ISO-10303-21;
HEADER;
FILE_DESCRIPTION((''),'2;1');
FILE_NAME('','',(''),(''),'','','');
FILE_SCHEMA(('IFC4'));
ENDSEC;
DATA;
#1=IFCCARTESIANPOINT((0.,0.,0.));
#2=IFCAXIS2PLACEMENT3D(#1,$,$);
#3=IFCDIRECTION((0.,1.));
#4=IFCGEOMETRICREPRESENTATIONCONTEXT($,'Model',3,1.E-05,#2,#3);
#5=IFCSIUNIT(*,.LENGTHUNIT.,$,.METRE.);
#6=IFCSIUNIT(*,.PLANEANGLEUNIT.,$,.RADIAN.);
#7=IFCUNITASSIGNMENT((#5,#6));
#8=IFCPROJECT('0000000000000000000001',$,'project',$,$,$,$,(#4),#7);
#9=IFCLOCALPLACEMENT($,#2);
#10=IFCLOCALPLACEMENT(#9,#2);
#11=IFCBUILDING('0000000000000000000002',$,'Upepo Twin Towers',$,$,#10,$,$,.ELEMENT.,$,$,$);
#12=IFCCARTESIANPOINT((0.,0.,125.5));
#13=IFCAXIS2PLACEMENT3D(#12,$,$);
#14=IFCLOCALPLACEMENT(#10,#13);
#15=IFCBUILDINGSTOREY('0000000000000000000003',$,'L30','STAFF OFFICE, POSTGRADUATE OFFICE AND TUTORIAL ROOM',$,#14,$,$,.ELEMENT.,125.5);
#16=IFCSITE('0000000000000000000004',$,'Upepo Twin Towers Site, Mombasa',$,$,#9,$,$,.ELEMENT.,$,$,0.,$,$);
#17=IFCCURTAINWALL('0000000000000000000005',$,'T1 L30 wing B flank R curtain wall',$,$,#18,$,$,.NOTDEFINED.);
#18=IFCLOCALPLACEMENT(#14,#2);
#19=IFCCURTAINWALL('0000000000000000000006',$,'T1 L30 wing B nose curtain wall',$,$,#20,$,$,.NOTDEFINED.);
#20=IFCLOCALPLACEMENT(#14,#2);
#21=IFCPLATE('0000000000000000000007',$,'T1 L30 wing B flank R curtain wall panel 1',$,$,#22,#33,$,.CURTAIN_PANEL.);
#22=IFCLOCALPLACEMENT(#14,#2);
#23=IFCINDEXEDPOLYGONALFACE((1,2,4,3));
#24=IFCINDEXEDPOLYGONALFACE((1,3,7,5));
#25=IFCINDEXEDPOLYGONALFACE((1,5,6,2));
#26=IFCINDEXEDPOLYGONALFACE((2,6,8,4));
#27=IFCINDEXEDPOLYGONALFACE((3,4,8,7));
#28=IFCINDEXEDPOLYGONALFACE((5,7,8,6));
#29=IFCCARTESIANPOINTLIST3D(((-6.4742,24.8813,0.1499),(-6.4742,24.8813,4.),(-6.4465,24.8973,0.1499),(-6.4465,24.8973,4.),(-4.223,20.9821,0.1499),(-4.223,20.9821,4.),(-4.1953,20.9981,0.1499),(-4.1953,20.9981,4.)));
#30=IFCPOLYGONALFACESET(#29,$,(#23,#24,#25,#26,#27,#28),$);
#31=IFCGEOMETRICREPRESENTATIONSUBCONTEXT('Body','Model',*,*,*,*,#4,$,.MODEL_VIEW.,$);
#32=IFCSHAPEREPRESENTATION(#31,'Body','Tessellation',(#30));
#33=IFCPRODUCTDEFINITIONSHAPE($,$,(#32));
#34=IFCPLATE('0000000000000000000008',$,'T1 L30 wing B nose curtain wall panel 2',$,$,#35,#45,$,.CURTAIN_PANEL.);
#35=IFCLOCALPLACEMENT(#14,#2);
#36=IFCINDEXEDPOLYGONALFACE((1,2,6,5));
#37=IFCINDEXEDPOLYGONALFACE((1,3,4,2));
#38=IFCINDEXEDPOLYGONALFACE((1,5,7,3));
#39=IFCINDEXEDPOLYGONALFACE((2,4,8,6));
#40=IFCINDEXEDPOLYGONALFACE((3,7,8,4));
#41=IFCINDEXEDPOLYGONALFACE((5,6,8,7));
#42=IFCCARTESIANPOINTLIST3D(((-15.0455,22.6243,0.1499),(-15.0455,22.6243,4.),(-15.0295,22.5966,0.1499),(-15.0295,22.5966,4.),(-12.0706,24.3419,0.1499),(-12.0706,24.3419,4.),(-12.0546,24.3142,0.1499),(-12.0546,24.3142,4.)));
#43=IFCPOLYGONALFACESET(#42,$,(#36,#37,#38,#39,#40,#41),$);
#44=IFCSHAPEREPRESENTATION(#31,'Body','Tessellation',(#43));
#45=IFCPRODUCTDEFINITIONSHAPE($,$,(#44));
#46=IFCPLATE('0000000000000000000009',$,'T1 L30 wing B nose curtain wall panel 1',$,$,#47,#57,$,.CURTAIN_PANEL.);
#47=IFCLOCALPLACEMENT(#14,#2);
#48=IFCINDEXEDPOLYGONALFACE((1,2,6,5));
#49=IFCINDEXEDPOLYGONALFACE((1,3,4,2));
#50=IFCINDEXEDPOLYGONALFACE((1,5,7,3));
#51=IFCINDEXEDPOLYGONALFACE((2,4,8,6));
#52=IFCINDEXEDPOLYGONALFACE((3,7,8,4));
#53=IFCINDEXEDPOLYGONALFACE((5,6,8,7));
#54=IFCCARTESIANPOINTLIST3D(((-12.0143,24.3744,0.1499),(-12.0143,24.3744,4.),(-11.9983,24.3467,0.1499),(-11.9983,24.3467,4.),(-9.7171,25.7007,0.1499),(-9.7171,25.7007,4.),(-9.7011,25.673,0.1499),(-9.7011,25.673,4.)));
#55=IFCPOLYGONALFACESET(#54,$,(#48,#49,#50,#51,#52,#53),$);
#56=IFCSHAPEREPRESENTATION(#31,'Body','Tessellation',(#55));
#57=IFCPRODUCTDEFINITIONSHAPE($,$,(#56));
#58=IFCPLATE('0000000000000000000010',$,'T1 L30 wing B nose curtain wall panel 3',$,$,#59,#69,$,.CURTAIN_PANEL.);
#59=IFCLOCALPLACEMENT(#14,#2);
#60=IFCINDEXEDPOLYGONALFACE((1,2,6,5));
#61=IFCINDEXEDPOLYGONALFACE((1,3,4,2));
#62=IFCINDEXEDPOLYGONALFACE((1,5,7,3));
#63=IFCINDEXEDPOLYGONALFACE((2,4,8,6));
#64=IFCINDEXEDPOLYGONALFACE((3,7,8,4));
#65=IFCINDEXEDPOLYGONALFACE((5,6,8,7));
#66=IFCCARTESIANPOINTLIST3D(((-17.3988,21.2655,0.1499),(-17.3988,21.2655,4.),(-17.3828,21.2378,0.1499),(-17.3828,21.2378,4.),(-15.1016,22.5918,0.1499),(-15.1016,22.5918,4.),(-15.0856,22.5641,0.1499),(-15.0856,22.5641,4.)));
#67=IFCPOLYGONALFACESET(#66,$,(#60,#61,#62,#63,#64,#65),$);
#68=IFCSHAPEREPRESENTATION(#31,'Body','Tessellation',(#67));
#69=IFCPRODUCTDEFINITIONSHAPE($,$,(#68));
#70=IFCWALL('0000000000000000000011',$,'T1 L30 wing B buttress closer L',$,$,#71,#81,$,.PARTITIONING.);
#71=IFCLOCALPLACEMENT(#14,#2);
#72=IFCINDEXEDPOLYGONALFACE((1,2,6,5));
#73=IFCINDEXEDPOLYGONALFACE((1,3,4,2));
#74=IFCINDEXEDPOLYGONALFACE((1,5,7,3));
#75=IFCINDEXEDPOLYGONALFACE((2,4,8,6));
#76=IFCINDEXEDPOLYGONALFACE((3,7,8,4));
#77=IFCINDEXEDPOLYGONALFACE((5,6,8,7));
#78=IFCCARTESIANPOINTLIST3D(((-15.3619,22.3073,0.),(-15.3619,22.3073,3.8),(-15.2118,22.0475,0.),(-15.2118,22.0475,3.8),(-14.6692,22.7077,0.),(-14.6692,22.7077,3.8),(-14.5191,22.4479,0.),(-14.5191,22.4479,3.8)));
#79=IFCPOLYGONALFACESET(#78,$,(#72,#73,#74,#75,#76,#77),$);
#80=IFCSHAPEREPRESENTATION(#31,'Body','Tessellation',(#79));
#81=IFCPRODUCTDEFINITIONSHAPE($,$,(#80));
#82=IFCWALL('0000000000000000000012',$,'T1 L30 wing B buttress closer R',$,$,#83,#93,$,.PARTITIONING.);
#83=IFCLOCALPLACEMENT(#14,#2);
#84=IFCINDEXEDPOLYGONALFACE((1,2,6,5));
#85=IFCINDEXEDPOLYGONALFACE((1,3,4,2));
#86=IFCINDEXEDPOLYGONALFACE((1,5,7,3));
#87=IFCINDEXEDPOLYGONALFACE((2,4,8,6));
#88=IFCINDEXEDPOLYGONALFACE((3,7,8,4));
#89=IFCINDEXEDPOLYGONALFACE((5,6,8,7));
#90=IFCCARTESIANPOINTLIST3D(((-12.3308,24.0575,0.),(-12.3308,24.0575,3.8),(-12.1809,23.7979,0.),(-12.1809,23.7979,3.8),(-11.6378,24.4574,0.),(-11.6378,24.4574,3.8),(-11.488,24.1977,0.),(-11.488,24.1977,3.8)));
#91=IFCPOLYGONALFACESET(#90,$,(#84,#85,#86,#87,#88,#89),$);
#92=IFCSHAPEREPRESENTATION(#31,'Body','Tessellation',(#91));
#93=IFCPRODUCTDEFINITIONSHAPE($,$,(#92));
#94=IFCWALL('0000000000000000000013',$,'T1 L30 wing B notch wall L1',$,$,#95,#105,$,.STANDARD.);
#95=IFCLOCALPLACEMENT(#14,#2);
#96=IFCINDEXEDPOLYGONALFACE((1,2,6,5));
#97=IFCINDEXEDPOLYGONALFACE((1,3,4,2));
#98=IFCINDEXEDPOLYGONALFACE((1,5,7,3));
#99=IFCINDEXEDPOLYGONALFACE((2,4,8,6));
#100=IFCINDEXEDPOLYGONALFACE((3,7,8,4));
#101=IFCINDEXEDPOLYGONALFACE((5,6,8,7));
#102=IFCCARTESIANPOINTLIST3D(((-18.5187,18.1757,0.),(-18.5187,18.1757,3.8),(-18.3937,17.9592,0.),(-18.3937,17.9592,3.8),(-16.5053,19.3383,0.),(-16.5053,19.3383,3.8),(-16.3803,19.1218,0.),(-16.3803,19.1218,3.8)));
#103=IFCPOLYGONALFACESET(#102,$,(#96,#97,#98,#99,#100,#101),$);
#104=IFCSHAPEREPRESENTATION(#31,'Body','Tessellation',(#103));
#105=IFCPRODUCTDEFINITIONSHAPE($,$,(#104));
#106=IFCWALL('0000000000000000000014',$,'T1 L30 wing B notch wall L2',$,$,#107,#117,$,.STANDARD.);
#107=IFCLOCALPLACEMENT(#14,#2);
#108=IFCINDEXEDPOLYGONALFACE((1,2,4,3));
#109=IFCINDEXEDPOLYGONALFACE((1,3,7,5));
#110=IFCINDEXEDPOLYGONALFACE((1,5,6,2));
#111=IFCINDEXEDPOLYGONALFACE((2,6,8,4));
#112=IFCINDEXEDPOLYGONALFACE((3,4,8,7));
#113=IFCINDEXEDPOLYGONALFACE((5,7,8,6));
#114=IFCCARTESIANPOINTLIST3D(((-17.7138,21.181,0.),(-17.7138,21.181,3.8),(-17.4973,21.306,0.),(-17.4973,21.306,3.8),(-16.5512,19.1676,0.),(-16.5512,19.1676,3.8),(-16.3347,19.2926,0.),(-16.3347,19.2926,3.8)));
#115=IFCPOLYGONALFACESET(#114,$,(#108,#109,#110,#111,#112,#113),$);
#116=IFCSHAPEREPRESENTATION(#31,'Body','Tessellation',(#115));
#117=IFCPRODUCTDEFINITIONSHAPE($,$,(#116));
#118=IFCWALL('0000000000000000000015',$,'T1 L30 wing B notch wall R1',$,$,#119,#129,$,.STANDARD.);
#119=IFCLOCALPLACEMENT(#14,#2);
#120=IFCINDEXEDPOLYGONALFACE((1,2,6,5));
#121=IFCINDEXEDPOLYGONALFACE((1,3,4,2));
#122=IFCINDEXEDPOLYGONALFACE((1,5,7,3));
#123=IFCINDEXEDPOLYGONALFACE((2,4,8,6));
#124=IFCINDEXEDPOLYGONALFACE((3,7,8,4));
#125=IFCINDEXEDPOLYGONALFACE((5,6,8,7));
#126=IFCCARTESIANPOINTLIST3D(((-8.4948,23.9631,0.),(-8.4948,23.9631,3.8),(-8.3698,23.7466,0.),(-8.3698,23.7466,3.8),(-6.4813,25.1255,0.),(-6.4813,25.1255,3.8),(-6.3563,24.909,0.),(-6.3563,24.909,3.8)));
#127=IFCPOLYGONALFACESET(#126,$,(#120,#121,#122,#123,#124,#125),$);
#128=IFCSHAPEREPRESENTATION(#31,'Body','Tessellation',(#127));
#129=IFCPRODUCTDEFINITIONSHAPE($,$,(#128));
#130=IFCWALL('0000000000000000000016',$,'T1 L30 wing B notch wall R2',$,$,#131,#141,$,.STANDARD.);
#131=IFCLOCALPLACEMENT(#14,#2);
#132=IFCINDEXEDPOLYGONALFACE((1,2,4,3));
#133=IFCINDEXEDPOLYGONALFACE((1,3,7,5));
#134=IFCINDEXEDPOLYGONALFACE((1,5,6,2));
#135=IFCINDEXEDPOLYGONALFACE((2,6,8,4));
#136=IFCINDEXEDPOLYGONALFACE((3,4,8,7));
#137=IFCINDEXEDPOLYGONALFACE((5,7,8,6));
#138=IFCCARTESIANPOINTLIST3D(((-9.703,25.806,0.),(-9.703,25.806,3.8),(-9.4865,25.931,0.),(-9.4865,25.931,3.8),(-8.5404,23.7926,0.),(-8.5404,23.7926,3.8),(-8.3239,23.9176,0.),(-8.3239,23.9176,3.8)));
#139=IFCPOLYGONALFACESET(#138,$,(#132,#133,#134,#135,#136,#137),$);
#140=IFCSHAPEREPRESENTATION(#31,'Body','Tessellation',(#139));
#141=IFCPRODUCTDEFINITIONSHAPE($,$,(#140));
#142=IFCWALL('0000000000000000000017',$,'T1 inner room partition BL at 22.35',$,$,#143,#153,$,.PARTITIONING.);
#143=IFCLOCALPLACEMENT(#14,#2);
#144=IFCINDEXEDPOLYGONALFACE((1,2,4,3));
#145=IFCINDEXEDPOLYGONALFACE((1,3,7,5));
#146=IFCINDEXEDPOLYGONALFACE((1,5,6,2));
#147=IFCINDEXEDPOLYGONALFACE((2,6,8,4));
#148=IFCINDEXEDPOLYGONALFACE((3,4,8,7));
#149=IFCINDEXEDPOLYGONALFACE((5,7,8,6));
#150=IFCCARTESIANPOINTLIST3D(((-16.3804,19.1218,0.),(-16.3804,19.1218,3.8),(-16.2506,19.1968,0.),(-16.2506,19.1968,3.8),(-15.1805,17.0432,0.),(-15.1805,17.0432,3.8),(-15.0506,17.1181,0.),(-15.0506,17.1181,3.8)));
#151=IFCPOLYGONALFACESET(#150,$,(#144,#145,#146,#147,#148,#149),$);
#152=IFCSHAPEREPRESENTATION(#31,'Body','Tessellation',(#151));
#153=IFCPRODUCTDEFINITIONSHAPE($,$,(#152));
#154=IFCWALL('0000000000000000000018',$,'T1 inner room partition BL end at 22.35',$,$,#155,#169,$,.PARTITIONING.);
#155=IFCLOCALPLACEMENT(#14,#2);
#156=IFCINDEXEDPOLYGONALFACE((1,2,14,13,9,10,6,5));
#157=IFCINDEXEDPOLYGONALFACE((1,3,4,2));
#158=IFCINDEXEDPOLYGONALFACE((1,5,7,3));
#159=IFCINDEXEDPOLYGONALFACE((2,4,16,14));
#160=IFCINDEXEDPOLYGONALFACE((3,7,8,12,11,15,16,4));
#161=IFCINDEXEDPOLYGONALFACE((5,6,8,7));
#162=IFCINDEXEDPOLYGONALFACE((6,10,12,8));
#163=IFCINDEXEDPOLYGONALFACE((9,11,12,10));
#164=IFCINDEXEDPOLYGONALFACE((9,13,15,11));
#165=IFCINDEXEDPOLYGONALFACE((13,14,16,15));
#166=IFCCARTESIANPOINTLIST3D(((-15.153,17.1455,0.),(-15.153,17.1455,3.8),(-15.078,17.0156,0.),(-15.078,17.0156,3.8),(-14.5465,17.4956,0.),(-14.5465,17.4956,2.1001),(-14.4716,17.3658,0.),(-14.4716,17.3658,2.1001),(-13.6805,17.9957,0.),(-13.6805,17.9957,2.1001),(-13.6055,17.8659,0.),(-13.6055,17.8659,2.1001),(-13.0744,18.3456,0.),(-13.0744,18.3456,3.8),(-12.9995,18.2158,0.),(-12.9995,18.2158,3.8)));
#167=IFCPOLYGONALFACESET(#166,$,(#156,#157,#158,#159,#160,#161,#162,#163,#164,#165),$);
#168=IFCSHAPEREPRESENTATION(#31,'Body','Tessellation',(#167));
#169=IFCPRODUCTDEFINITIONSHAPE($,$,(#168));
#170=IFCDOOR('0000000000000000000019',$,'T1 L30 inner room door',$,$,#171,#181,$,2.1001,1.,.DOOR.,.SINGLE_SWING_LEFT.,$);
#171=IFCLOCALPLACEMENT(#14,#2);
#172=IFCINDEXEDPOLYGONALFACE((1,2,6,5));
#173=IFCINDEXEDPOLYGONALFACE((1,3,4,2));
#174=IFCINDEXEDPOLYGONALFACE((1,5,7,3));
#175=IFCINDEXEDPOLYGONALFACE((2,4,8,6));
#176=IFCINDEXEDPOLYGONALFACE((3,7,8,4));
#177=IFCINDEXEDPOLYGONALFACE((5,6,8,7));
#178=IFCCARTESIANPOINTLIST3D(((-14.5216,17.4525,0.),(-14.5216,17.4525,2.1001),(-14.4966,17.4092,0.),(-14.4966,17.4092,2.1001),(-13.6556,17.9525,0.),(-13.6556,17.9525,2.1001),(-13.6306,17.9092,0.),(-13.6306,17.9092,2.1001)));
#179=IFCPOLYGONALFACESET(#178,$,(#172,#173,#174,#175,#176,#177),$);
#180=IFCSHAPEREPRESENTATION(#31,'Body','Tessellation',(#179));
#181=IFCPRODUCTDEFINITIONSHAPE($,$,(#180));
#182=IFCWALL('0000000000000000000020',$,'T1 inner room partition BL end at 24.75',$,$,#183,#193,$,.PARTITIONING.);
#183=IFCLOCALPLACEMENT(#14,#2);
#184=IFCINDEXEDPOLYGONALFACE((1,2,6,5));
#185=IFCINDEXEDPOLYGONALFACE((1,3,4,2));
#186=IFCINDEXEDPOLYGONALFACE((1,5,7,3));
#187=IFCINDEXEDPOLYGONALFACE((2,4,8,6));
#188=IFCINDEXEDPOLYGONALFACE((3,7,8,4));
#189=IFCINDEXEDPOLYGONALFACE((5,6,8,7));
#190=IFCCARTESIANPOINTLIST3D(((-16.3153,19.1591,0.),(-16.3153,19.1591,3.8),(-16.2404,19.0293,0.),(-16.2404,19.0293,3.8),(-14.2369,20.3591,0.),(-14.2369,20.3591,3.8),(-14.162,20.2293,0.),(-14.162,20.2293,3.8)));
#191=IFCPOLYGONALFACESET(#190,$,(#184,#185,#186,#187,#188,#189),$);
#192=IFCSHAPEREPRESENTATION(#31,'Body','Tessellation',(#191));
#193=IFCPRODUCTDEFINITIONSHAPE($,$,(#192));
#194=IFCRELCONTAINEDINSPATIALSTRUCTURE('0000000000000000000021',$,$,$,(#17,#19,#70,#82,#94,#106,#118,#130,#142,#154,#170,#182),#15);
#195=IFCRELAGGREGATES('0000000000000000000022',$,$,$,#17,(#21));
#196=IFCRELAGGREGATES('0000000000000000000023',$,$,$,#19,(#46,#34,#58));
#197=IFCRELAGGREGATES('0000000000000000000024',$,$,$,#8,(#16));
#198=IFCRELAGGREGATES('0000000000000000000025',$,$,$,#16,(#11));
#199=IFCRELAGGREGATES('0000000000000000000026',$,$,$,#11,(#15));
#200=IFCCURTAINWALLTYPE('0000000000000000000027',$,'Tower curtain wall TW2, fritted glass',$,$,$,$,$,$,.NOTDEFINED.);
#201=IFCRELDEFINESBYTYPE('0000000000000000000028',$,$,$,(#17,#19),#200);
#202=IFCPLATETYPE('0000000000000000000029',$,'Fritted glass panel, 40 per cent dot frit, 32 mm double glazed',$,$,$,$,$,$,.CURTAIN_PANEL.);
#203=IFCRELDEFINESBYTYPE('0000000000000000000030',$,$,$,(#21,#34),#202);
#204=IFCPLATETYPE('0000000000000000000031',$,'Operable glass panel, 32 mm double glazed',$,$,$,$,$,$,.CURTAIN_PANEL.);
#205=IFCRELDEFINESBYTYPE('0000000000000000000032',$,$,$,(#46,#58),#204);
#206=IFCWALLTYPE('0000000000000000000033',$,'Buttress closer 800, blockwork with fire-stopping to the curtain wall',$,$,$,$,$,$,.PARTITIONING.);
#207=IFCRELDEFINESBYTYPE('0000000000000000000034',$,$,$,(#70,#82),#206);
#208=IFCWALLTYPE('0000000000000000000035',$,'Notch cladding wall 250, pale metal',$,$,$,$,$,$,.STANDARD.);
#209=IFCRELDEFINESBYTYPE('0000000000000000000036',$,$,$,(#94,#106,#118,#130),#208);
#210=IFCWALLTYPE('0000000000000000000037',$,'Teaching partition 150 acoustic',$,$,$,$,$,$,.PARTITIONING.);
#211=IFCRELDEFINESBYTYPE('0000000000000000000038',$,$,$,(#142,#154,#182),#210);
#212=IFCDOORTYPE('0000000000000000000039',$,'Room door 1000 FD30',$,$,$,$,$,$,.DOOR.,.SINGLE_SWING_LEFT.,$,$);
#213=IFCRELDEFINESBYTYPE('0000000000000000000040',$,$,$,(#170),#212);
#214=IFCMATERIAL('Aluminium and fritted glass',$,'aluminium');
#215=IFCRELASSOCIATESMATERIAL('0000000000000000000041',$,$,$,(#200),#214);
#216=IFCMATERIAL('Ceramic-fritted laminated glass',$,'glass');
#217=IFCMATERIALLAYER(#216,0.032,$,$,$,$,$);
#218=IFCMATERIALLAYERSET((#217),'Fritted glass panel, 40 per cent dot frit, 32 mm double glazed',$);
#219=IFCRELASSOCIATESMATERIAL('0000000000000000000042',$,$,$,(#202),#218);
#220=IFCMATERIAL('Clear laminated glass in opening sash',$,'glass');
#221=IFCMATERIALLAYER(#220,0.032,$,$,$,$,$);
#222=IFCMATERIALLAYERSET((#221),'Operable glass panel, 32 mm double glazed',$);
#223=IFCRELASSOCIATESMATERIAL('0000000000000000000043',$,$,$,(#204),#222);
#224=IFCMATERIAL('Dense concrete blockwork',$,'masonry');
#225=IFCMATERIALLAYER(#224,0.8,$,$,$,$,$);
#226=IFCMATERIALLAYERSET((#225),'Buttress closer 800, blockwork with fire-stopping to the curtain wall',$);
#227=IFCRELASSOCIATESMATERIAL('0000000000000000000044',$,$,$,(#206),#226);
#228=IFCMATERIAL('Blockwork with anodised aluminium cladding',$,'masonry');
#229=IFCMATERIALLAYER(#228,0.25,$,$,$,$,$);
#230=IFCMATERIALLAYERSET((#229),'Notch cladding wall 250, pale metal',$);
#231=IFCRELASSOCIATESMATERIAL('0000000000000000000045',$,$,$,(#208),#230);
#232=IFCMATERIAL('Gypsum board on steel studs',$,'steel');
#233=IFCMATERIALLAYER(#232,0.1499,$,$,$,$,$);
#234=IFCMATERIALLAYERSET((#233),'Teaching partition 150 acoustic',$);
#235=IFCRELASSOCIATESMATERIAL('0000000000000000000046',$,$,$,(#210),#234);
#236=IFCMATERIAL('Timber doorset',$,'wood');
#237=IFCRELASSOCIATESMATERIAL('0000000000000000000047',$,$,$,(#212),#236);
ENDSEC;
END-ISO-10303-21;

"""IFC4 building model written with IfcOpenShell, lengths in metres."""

from ifc_helpers import new_model, si_unit, direction, frame, frame_2d, origin, origin_2d, place, context, subcontext, project, spatial, rectangle, extrude, material, layer, layer_set, type_object, element, fill, aggregate, save


model = new_model("IFC4")

# Units and contexts
model_context = context("Model", 3, precision=1e-05, world=origin(), true_north=direction((0.0, 1.0)))
body_context = subcontext(model_context, "Body", "Model", "MODEL_VIEW")
ifc_project = project(units=[si_unit("LENGTHUNIT", "METRE"), si_unit("PLANEANGLEUNIT", "RADIAN")], contexts=[model_context])

# Site, building, storey
site_placement = place(None, origin())
site = spatial("IfcSite", under=ifc_project, at=site_placement, Name="Upepo Twin Towers Site, Mombasa", CompositionType="ELEMENT", RefElevation=0.0)
building_placement = place(site_placement, origin())
building = spatial("IfcBuilding", under=site, at=building_placement, Name="Upepo Twin Towers", CompositionType="ELEMENT")
storey_placement = place(building_placement, frame((0.0, 0.0, 125.5)))
storey = spatial("IfcBuildingStorey", under=building, at=storey_placement, Name="L30", Description="STAFF OFFICE, POSTGRADUATE OFFICE AND TUTORIAL ROOM", CompositionType="ELEMENT", Elevation=125.5)

# Shared definitions
ifc_material_1 = material(Name="Aluminium and fritted glass", Category="aluminium")
curtain_wall_type = type_object("IfcCurtainWallType", Name="Tower curtain wall TW2, fritted glass", PredefinedType="NOTDEFINED", material=ifc_material_1)

# Curtain walls
curtain_wall_1_placement = place(storey_placement, origin())
curtain_wall_1 = element("IfcCurtainWall", 1, at=curtain_wall_1_placement, inside=storey, type_object=curtain_wall_type, Name="T1 L30 wing B flank R curtain wall", PredefinedType="NOTDEFINED")
curtain_wall_2_placement = place(storey_placement, origin())
curtain_wall_2 = element("IfcCurtainWall", 2, at=curtain_wall_2_placement, inside=storey, type_object=curtain_wall_type, Name="T1 L30 wing B nose curtain wall", PredefinedType="NOTDEFINED")

# Plates
ifc_material_2 = material(Name="Ceramic-fritted laminated glass", Category="glass")
ifc_layer_1 = layer(ifc_material_2, 0.032)
ifc_layer_set_1 = layer_set([ifc_layer_1], Name="Fritted glass panel, 40 per cent dot frit, 32 mm double glazed")
plate_type_1 = type_object("IfcPlateType", Name="Fritted glass panel, 40 per cent dot frit, 32 mm double glazed", PredefinedType="CURTAIN_PANEL", material=ifc_layer_set_1)
plate_1_placement = place(storey_placement, frame((-5.3347, 22.9397, 0.1499), z_axis=(0.0, 0.0, 1.0), x_axis=(0.5, -0.866025, 0.0)))
plate_1 = element("IfcPlate", 3, at=plate_1_placement, type_object=plate_type_1, Name="T1 L30 wing B flank R curtain wall panel 1", PredefinedType="CURTAIN_PANEL", context=body_context, shape_type="SweptSolid", body=[
    extrude(rectangle(XDim=4.5024, YDim=0.032, at=origin_2d()), origin(), (0.0, 0.0, 1.0), 3.8501),
])
aggregate(curtain_wall_1, [plate_1])
plate_2_placement = place(storey_placement, frame((-13.55, 23.4692, 0.1499), z_axis=(0.0, 0.0, 1.0), x_axis=(-0.866025, -0.5, 0.0)))
plate_2 = element("IfcPlate", 4, at=plate_2_placement, type_object=plate_type_1, Name="T1 L30 wing B nose curtain wall panel 2", PredefinedType="CURTAIN_PANEL", context=body_context, shape_type="SweptSolid", body=[
    extrude(rectangle(XDim=3.4351, YDim=0.032, at=origin_2d()), origin(), (0.0, 0.0, 1.0), 3.8501),
])
ifc_material_3 = material(Name="Clear laminated glass in opening sash", Category="glass")
ifc_layer_2 = layer(ifc_material_3, 0.032)
ifc_layer_set_2 = layer_set([ifc_layer_2], Name="Operable glass panel, 32 mm double glazed")
plate_type_2 = type_object("IfcPlateType", Name="Operable glass panel, 32 mm double glazed", PredefinedType="CURTAIN_PANEL", material=ifc_layer_set_2)
plate_3_placement = place(storey_placement, frame((-10.8577, 25.0237, 0.1499), z_axis=(0.0, 0.0, 1.0), x_axis=(-0.866025, -0.5, 0.0)))
plate_3 = element("IfcPlate", 5, at=plate_3_placement, type_object=plate_type_2, Name="T1 L30 wing B nose curtain wall panel 1", PredefinedType="CURTAIN_PANEL", context=body_context, shape_type="SweptSolid", body=[
    extrude(rectangle(XDim=2.6526, YDim=0.032, at=origin_2d()), origin(), (0.0, 0.0, 1.0), 3.8501),
])
plate_4_placement = place(storey_placement, frame((-16.2422, 21.9148, 0.1499), z_axis=(0.0, 0.0, 1.0), x_axis=(-0.866025, -0.5, 0.0)))
plate_4 = element("IfcPlate", 6, at=plate_4_placement, type_object=plate_type_2, Name="T1 L30 wing B nose curtain wall panel 3", PredefinedType="CURTAIN_PANEL", context=body_context, shape_type="SweptSolid", body=[
    extrude(rectangle(XDim=2.6526, YDim=0.032, at=origin_2d()), origin(), (0.0, 0.0, 1.0), 3.8501),
])
aggregate(curtain_wall_2, [plate_3, plate_2, plate_4])

# Walls
ifc_material_4 = material(Name="Dense concrete blockwork", Category="masonry")
ifc_layer_3 = layer(ifc_material_4, 0.8)
ifc_layer_set_3 = layer_set([ifc_layer_3], Name="Buttress closer 800, blockwork with fire-stopping to the curtain wall")
wall_type_1 = type_object("IfcWallType", Name="Buttress closer 800, blockwork with fire-stopping to the curtain wall", PredefinedType="PARTITIONING", material=ifc_layer_set_3)
wall_1_placement = place(storey_placement, frame((-14.8655, 22.2478, 0.0), z_axis=(0.0, 0.0, 1.0), x_axis=(-0.500427, 0.865779, 0.0)))
element("IfcWall", 7, at=wall_1_placement, inside=storey, type_object=wall_type_1, Name="T1 L30 wing B buttress closer L", PredefinedType="PARTITIONING", context=body_context, shape_type="SweptSolid", body=[
    extrude(rectangle(XDim=0.3, YDim=0.8, at=frame_2d((0.1499, 0.0))), origin(), (0.0, 0.0, 1.0), 3.8),
])
wall_2_placement = place(storey_placement, frame((-11.8345, 23.9978, 0.0), z_axis=(0.0, 0.0, 1.0), x_axis=(-0.499816, 0.866131, 0.0)))
element("IfcWall", 8, at=wall_2_placement, inside=storey, type_object=wall_type_1, Name="T1 L30 wing B buttress closer R", PredefinedType="PARTITIONING", context=body_context, shape_type="SweptSolid", body=[
    extrude(rectangle(XDim=0.2998, YDim=0.8, at=frame_2d((0.1499, 0.0))), origin(), (0.0, 0.0, 1.0), 3.8),
])
ifc_material_5 = material(Name="Blockwork with anodised aluminium cladding", Category="masonry")
ifc_layer_4 = layer(ifc_material_5, 0.25)
ifc_layer_set_4 = layer_set([ifc_layer_4], Name="Notch cladding wall 250, pale metal")
wall_type_2 = type_object("IfcWallType", Name="Notch cladding wall 250, pale metal", PredefinedType="STANDARD", material=ifc_layer_set_4)
for number, where, z_axis, x_axis, name in (
    (9, (-18.4563, 18.0674, 0.0), (0.0, 0.0, 1.0), (0.865998, 0.500047, 0.0), "T1 L30 wing B notch wall L1"),
    (10, (-16.4429, 19.23, 0.0), (0.0, 0.0, 1.0), (-0.500047, 0.865998, 0.0), "T1 L30 wing B notch wall L2"),
    (11, (-6.4187, 25.0173, 0.0), (0.0, 0.0, 1.0), (-0.866044, -0.499968, 0.0), "T1 L30 wing B notch wall R1"),
    (12, (-8.4321, 23.855, 0.0), (0.0, 0.0, 1.0), (-0.500047, 0.865998, 0.0), "T1 L30 wing B notch wall R2"),
):
    element("IfcWall", number, at=place(storey_placement, frame(where, z_axis=z_axis, x_axis=x_axis)), inside=storey, type_object=wall_type_2, Name=name, PredefinedType="STANDARD", context=body_context, shape_type="SweptSolid", body=[
        extrude(rectangle(XDim=2.325, YDim=0.25, at=frame_2d((1.1626, 0.0))), origin(), (0.0, 0.0, 1.0), 3.8),
    ])
ifc_material_6 = material(Name="Gypsum board on steel studs", Category="steel")
ifc_layer_5 = layer(ifc_material_6, 0.1499)
ifc_layer_set_5 = layer_set([ifc_layer_5], Name="Teaching partition 150 acoustic")
wall_type_3 = type_object("IfcWallType", Name="Teaching partition 150 acoustic", PredefinedType="PARTITIONING", material=ifc_layer_set_5)
wall_3_placement = place(storey_placement, frame((-15.1155, 17.0806, 0.0), z_axis=(0.0, 0.0, 1.0), x_axis=(-0.499957, 0.86605, 0.0)))
element("IfcWall", 13, at=wall_3_placement, inside=storey, type_object=wall_type_3, Name="T1 inner room partition BL at 22.35", PredefinedType="PARTITIONING", context=body_context, shape_type="SweptSolid", body=[
    extrude(rectangle(XDim=2.4001, YDim=0.1499, at=frame_2d((1.2002, 0.0))), origin(), (0.0, 0.0, 1.0), 3.8),
])

# Wall, opening, door
wall_4_placement = place(storey_placement, frame((-13.0369, 18.2808, 0.0), z_axis=(0.0, 0.0, 1.0), x_axis=(-0.866006, -0.500034, 0.0)))
wall_4 = element("IfcWall", 14, at=wall_4_placement, inside=storey, type_object=wall_type_3, Name="T1 inner room partition BL end at 22.35", PredefinedType="PARTITIONING", context=body_context, shape_type="SweptSolid", body=[
    extrude(rectangle(XDim=2.4001, YDim=0.1499, at=frame_2d((1.2002, 0.0))), origin(), (0.0, 0.0, 1.0), 3.8),
])
opening_placement = place(wall_4_placement, frame((0.7, 0.0, 0.0)))
opening = element("IfcOpeningElement", 15, at=opening_placement, cuts=wall_4, PredefinedType="OPENING", context=body_context, shape_type="SweptSolid", body=[
    extrude(rectangle(XDim=1.0, YDim=2.1001, at=frame_2d((0.5, 1.05))), frame((0.0, 0.085, 0.0), z_axis=(0.0, -1.0, 0.0), x_axis=(1.0, 0.0, 0.0)), (0.0, 0.0, 1.0), 0.1699),
])
ifc_material_7 = material(Name="Timber doorset", Category="wood")
door_type = type_object("IfcDoorType", Name="Room door 1000 FD30", OperationType="SINGLE_SWING_LEFT", PredefinedType="DOOR", material=ifc_material_7)
door_placement = place(opening_placement, origin())
door = element("IfcDoor", 16, at=door_placement, inside=storey, type_object=door_type, Name="T1 L30 inner room door", OperationType="SINGLE_SWING_LEFT", OverallHeight=2.1001, OverallWidth=1.0, PredefinedType="DOOR", context=body_context, shape_type="SweptSolid", body=[
    extrude(rectangle(XDim=1.0, YDim=2.1001, at=frame_2d((0.5, 1.05))), frame((0.0, 0.0249, 0.0), z_axis=(0.0, -1.0, 0.0), x_axis=(1.0, 0.0, 0.0)), (0.0, 0.0, 1.0), 0.05),
])
fill(opening, door)

# Wall
wall_5_placement = place(storey_placement, frame((-14.1995, 20.2942, 0.0), z_axis=(0.0, 0.0, 1.0), x_axis=(-0.866025, -0.500001, 0.0)))
element("IfcWall", 17, at=wall_5_placement, inside=storey, type_object=wall_type_3, Name="T1 inner room partition BL end at 24.75", PredefinedType="PARTITIONING", context=body_context, shape_type="SweptSolid", body=[
    extrude(rectangle(XDim=2.3999, YDim=0.1499, at=frame_2d((1.2, 0.0))), origin(), (0.0, 0.0, 1.0), 3.8),
])

save(model, "model.ifc")
